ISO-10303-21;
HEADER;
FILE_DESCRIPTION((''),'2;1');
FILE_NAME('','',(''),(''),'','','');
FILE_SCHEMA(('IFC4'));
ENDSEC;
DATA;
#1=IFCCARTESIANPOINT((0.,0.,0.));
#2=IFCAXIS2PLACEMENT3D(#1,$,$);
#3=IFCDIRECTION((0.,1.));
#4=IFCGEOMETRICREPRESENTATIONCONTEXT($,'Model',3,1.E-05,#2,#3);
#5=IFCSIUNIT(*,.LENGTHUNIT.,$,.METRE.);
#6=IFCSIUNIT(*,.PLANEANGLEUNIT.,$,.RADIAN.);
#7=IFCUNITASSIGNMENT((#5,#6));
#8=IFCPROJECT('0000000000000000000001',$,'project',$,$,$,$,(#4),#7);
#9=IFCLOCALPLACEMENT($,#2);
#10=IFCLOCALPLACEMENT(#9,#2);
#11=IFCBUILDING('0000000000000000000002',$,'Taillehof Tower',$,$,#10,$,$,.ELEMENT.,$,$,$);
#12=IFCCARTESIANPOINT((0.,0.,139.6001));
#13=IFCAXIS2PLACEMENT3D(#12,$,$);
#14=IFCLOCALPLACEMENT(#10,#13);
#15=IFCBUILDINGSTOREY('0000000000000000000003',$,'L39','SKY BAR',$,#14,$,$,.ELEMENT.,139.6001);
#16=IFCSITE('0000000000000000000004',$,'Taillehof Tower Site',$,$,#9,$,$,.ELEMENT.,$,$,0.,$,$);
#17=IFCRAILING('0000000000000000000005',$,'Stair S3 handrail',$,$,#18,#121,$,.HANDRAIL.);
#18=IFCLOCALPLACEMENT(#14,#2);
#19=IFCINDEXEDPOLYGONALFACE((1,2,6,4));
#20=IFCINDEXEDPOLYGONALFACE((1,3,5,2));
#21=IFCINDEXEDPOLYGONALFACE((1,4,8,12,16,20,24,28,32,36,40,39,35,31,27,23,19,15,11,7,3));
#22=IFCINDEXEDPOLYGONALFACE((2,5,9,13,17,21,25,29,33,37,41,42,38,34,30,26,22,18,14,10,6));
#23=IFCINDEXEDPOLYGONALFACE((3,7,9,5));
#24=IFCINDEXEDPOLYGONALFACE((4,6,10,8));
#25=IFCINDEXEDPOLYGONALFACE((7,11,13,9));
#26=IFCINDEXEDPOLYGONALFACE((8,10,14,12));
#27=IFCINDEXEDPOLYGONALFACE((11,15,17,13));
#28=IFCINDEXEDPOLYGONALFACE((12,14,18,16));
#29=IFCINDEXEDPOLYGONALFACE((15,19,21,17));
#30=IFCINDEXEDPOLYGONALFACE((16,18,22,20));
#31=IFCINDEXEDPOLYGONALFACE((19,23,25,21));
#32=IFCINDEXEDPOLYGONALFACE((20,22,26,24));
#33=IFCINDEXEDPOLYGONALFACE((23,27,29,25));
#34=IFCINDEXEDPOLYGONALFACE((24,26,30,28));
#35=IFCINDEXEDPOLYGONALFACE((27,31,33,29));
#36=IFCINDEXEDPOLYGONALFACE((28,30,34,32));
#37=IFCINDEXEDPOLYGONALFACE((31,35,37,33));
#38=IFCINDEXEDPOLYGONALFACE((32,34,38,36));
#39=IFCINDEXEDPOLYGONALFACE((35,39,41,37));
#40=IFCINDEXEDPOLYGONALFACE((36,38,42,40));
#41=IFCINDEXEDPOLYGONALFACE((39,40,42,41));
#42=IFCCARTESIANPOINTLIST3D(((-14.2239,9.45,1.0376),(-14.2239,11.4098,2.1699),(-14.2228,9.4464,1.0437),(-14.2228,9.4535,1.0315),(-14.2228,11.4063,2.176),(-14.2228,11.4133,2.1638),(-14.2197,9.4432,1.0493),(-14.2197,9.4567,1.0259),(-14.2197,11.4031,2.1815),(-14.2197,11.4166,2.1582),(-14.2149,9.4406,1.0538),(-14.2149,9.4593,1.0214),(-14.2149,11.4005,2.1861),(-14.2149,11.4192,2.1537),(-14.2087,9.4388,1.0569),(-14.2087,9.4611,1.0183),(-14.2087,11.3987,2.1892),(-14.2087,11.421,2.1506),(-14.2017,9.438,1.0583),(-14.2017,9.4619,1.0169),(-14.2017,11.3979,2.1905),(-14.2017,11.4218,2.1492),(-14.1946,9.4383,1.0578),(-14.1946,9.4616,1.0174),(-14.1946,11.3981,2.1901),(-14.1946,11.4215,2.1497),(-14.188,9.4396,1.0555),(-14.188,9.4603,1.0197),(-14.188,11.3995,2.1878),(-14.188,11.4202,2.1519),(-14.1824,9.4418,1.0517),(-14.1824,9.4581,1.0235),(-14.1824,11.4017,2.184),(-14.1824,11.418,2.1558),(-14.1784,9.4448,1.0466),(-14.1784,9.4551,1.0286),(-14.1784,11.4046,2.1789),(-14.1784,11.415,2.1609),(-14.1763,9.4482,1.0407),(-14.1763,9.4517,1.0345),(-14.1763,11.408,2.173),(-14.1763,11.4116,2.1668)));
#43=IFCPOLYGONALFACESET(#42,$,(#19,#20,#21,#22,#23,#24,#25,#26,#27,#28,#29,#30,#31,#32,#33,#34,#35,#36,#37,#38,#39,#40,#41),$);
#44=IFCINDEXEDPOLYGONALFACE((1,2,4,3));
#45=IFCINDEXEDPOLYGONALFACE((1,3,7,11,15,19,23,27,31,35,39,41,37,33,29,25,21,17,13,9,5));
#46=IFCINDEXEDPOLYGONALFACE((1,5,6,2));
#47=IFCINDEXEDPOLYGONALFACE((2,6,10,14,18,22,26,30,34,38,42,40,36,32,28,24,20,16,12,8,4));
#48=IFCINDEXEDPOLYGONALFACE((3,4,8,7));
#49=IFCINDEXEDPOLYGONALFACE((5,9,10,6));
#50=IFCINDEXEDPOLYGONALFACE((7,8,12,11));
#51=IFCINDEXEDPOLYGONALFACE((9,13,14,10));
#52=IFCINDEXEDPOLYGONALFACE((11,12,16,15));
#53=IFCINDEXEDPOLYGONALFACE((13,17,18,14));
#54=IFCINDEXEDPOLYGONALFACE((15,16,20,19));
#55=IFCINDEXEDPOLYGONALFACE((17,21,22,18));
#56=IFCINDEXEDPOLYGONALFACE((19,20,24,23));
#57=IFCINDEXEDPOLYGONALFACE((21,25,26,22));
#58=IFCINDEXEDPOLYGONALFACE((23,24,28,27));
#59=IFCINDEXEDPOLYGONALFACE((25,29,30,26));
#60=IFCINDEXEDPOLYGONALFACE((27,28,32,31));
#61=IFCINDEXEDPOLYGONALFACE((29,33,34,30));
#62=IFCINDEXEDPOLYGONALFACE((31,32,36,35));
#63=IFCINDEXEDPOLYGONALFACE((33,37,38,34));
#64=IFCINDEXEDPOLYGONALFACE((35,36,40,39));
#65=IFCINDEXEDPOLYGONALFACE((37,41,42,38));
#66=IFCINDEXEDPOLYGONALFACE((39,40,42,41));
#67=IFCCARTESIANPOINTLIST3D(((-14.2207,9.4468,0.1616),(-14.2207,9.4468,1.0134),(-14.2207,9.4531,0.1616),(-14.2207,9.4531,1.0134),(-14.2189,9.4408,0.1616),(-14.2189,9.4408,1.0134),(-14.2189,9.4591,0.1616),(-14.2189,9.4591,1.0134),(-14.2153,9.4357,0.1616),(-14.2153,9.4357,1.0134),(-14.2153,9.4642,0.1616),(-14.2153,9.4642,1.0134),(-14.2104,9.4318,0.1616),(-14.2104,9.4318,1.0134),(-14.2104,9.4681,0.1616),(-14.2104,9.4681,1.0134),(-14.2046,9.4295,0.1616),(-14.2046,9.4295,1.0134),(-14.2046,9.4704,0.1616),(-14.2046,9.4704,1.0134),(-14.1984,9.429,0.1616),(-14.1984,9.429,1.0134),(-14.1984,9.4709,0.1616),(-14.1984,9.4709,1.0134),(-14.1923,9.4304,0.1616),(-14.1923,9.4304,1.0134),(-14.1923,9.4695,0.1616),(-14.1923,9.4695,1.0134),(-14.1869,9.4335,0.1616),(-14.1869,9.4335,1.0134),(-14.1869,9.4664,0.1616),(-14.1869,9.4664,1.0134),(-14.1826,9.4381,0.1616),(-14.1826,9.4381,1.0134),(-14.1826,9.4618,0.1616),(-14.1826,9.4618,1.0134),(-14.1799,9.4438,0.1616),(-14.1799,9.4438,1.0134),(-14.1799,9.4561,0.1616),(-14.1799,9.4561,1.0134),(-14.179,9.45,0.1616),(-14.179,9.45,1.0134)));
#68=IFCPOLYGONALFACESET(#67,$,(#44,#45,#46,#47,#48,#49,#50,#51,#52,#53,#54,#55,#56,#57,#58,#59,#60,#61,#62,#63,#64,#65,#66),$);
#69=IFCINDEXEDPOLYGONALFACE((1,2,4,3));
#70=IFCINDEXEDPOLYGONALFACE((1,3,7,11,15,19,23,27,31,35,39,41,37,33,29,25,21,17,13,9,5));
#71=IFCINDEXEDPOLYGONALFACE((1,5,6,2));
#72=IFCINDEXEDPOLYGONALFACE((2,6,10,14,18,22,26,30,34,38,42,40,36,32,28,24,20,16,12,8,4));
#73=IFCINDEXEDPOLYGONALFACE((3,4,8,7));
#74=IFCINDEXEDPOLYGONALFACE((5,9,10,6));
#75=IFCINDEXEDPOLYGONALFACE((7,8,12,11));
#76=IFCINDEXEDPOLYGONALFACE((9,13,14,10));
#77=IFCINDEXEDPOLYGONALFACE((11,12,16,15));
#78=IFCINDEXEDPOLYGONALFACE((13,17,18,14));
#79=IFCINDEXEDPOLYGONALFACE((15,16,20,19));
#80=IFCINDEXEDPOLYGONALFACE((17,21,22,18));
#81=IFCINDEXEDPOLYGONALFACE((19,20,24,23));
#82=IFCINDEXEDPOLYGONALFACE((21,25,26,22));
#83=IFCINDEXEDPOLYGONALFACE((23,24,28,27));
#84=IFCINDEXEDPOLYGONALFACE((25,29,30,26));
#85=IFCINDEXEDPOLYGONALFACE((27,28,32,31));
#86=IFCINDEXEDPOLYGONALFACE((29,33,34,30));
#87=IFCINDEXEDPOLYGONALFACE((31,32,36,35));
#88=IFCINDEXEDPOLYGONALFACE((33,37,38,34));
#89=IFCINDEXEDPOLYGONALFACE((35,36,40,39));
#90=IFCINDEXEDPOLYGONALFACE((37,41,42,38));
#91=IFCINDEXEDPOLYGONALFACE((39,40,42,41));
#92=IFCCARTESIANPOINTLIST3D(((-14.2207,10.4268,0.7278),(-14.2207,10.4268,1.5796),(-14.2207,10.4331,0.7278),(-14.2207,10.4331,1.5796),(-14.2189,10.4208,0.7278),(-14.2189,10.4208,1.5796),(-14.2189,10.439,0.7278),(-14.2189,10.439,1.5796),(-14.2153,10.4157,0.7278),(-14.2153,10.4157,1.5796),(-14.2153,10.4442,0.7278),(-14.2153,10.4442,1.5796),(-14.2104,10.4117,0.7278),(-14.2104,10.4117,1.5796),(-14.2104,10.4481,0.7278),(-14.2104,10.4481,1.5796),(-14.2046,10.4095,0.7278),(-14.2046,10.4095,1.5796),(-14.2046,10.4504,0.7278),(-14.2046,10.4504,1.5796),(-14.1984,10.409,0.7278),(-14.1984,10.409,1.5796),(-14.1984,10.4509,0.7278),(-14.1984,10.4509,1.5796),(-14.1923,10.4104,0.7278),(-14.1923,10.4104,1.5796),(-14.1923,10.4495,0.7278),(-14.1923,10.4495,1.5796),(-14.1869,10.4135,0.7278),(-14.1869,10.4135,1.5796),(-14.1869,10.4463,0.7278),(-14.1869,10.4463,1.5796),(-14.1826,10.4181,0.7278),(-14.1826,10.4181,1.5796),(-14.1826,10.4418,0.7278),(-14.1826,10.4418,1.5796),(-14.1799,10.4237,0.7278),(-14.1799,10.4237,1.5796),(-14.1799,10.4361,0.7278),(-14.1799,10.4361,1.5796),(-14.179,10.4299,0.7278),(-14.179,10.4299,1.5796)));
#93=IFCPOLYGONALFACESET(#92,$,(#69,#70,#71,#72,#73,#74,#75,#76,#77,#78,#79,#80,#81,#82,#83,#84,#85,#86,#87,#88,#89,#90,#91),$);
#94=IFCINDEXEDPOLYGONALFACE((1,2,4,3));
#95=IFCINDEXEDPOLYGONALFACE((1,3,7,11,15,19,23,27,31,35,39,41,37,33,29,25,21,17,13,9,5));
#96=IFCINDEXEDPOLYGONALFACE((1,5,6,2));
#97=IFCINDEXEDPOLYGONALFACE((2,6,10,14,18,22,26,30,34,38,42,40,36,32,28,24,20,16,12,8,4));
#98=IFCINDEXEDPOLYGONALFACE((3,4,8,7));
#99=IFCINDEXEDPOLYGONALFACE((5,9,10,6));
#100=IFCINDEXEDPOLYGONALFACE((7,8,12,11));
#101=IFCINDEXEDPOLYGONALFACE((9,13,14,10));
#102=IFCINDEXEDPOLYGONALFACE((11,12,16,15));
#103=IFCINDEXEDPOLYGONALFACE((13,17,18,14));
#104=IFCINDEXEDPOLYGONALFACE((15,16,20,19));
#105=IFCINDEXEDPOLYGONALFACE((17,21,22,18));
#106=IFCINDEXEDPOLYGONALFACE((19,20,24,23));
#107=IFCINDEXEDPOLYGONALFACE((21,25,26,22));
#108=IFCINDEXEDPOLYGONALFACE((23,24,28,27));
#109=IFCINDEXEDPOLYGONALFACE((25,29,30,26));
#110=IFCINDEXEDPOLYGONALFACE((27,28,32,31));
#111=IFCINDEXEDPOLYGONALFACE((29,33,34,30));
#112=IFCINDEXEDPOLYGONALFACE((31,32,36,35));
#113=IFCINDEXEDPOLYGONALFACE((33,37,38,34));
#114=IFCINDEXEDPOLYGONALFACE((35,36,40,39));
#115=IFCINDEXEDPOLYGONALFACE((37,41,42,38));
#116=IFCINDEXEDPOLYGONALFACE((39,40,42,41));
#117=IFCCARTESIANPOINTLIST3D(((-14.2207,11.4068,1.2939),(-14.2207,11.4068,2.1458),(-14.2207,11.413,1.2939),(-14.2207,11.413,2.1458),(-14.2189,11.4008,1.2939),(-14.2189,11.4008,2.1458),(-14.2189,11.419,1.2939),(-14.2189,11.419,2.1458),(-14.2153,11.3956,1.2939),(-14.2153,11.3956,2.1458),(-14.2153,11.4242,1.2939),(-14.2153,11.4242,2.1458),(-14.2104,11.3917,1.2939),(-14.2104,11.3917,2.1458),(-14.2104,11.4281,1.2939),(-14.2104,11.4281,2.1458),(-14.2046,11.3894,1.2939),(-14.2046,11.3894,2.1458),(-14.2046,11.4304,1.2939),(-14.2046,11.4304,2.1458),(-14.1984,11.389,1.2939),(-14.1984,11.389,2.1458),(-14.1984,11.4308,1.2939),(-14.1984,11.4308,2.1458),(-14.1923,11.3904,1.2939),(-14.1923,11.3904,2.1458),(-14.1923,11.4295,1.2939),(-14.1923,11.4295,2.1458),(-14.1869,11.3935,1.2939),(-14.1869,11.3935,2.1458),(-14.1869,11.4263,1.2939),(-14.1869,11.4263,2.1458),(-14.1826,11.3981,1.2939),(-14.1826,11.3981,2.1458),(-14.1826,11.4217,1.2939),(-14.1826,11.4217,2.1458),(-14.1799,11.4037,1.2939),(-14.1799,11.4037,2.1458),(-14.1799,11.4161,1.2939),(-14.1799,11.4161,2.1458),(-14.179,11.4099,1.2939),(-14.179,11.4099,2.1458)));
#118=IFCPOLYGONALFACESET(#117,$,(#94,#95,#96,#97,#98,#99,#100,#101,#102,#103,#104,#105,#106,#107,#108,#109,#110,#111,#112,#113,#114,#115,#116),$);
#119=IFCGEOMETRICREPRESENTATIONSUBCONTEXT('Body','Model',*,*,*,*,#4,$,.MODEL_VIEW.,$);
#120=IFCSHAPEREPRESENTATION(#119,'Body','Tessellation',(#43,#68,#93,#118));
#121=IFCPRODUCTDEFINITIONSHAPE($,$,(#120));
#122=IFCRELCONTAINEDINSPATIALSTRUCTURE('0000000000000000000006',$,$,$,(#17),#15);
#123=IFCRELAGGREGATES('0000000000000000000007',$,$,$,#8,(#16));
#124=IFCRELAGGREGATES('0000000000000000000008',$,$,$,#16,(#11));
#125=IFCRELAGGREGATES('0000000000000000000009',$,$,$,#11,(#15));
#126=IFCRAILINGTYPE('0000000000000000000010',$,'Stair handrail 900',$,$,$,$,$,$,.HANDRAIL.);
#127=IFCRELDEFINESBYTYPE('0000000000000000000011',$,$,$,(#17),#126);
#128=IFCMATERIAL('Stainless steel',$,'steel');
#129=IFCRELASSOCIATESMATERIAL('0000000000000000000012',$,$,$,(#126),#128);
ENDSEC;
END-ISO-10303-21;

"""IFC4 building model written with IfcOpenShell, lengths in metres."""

from ifc_helpers import new_model, si_unit, direction, frame, origin, origin_2d, place, context, subcontext, project, spatial, circle, extrude, material, type_object, element, save


model = new_model("IFC4")

# Units and contexts
model_context = context("Model", 3, precision=1e-05, world=origin(), true_north=direction((0.0, 1.0)))
body_context = subcontext(model_context, "Body", "Model", "MODEL_VIEW")
ifc_project = project(units=[si_unit("LENGTHUNIT", "METRE"), si_unit("PLANEANGLEUNIT", "RADIAN")], contexts=[model_context])

# Site, building, storey
site_placement = place(None, origin())
site = spatial("IfcSite", under=ifc_project, at=site_placement, Name="Taillehof Tower Site", CompositionType="ELEMENT", RefElevation=0.0)
building_placement = place(site_placement, origin())
building = spatial("IfcBuilding", under=site, at=building_placement, Name="Taillehof Tower", CompositionType="ELEMENT")
storey_placement = place(building_placement, frame((0.0, 0.0, 139.6001)))
storey = spatial("IfcBuildingStorey", under=building, at=storey_placement, Name="L39", Description="SKY BAR", CompositionType="ELEMENT", Elevation=139.6001)

# Railing
ifc_material_1 = material(Name="Stainless steel", Category="steel")
railing_type = type_object("IfcRailingType", Name="Stair handrail 900", PredefinedType="HANDRAIL", material=ifc_material_1)
railing_1_placement = place(storey_placement, frame((-14.2, 9.45, 0.1616)))
element("IfcRailing", 1, at=railing_1_placement, inside=storey, type_object=railing_type, Name="Stair S3 handrail", PredefinedType="HANDRAIL", context=body_context, shape_type="SweptSolid", body=[
    extrude(circle(Radius=0.0239, at=origin_2d()), frame((0.0, 0.0, 0.876), z_axis=(0.0, 0.865884, 0.500245), x_axis=(-1.0, 0.0, 0.0)), (0.0, 0.0, 1.0), 2.2634),
    extrude(circle(Radius=0.021, at=origin_2d()), origin(), (0.0, 0.0, 1.0), 0.8518),
    extrude(circle(Radius=0.021, at=origin_2d()), frame((0.0, 0.98, 0.5662)), (0.0, 0.0, 1.0), 0.8518),
    extrude(circle(Radius=0.021, at=origin_2d()), frame((0.0, 1.96, 1.1323)), (0.0, 0.0, 1.0), 0.8518),
])

save(model, "model.ifc")
